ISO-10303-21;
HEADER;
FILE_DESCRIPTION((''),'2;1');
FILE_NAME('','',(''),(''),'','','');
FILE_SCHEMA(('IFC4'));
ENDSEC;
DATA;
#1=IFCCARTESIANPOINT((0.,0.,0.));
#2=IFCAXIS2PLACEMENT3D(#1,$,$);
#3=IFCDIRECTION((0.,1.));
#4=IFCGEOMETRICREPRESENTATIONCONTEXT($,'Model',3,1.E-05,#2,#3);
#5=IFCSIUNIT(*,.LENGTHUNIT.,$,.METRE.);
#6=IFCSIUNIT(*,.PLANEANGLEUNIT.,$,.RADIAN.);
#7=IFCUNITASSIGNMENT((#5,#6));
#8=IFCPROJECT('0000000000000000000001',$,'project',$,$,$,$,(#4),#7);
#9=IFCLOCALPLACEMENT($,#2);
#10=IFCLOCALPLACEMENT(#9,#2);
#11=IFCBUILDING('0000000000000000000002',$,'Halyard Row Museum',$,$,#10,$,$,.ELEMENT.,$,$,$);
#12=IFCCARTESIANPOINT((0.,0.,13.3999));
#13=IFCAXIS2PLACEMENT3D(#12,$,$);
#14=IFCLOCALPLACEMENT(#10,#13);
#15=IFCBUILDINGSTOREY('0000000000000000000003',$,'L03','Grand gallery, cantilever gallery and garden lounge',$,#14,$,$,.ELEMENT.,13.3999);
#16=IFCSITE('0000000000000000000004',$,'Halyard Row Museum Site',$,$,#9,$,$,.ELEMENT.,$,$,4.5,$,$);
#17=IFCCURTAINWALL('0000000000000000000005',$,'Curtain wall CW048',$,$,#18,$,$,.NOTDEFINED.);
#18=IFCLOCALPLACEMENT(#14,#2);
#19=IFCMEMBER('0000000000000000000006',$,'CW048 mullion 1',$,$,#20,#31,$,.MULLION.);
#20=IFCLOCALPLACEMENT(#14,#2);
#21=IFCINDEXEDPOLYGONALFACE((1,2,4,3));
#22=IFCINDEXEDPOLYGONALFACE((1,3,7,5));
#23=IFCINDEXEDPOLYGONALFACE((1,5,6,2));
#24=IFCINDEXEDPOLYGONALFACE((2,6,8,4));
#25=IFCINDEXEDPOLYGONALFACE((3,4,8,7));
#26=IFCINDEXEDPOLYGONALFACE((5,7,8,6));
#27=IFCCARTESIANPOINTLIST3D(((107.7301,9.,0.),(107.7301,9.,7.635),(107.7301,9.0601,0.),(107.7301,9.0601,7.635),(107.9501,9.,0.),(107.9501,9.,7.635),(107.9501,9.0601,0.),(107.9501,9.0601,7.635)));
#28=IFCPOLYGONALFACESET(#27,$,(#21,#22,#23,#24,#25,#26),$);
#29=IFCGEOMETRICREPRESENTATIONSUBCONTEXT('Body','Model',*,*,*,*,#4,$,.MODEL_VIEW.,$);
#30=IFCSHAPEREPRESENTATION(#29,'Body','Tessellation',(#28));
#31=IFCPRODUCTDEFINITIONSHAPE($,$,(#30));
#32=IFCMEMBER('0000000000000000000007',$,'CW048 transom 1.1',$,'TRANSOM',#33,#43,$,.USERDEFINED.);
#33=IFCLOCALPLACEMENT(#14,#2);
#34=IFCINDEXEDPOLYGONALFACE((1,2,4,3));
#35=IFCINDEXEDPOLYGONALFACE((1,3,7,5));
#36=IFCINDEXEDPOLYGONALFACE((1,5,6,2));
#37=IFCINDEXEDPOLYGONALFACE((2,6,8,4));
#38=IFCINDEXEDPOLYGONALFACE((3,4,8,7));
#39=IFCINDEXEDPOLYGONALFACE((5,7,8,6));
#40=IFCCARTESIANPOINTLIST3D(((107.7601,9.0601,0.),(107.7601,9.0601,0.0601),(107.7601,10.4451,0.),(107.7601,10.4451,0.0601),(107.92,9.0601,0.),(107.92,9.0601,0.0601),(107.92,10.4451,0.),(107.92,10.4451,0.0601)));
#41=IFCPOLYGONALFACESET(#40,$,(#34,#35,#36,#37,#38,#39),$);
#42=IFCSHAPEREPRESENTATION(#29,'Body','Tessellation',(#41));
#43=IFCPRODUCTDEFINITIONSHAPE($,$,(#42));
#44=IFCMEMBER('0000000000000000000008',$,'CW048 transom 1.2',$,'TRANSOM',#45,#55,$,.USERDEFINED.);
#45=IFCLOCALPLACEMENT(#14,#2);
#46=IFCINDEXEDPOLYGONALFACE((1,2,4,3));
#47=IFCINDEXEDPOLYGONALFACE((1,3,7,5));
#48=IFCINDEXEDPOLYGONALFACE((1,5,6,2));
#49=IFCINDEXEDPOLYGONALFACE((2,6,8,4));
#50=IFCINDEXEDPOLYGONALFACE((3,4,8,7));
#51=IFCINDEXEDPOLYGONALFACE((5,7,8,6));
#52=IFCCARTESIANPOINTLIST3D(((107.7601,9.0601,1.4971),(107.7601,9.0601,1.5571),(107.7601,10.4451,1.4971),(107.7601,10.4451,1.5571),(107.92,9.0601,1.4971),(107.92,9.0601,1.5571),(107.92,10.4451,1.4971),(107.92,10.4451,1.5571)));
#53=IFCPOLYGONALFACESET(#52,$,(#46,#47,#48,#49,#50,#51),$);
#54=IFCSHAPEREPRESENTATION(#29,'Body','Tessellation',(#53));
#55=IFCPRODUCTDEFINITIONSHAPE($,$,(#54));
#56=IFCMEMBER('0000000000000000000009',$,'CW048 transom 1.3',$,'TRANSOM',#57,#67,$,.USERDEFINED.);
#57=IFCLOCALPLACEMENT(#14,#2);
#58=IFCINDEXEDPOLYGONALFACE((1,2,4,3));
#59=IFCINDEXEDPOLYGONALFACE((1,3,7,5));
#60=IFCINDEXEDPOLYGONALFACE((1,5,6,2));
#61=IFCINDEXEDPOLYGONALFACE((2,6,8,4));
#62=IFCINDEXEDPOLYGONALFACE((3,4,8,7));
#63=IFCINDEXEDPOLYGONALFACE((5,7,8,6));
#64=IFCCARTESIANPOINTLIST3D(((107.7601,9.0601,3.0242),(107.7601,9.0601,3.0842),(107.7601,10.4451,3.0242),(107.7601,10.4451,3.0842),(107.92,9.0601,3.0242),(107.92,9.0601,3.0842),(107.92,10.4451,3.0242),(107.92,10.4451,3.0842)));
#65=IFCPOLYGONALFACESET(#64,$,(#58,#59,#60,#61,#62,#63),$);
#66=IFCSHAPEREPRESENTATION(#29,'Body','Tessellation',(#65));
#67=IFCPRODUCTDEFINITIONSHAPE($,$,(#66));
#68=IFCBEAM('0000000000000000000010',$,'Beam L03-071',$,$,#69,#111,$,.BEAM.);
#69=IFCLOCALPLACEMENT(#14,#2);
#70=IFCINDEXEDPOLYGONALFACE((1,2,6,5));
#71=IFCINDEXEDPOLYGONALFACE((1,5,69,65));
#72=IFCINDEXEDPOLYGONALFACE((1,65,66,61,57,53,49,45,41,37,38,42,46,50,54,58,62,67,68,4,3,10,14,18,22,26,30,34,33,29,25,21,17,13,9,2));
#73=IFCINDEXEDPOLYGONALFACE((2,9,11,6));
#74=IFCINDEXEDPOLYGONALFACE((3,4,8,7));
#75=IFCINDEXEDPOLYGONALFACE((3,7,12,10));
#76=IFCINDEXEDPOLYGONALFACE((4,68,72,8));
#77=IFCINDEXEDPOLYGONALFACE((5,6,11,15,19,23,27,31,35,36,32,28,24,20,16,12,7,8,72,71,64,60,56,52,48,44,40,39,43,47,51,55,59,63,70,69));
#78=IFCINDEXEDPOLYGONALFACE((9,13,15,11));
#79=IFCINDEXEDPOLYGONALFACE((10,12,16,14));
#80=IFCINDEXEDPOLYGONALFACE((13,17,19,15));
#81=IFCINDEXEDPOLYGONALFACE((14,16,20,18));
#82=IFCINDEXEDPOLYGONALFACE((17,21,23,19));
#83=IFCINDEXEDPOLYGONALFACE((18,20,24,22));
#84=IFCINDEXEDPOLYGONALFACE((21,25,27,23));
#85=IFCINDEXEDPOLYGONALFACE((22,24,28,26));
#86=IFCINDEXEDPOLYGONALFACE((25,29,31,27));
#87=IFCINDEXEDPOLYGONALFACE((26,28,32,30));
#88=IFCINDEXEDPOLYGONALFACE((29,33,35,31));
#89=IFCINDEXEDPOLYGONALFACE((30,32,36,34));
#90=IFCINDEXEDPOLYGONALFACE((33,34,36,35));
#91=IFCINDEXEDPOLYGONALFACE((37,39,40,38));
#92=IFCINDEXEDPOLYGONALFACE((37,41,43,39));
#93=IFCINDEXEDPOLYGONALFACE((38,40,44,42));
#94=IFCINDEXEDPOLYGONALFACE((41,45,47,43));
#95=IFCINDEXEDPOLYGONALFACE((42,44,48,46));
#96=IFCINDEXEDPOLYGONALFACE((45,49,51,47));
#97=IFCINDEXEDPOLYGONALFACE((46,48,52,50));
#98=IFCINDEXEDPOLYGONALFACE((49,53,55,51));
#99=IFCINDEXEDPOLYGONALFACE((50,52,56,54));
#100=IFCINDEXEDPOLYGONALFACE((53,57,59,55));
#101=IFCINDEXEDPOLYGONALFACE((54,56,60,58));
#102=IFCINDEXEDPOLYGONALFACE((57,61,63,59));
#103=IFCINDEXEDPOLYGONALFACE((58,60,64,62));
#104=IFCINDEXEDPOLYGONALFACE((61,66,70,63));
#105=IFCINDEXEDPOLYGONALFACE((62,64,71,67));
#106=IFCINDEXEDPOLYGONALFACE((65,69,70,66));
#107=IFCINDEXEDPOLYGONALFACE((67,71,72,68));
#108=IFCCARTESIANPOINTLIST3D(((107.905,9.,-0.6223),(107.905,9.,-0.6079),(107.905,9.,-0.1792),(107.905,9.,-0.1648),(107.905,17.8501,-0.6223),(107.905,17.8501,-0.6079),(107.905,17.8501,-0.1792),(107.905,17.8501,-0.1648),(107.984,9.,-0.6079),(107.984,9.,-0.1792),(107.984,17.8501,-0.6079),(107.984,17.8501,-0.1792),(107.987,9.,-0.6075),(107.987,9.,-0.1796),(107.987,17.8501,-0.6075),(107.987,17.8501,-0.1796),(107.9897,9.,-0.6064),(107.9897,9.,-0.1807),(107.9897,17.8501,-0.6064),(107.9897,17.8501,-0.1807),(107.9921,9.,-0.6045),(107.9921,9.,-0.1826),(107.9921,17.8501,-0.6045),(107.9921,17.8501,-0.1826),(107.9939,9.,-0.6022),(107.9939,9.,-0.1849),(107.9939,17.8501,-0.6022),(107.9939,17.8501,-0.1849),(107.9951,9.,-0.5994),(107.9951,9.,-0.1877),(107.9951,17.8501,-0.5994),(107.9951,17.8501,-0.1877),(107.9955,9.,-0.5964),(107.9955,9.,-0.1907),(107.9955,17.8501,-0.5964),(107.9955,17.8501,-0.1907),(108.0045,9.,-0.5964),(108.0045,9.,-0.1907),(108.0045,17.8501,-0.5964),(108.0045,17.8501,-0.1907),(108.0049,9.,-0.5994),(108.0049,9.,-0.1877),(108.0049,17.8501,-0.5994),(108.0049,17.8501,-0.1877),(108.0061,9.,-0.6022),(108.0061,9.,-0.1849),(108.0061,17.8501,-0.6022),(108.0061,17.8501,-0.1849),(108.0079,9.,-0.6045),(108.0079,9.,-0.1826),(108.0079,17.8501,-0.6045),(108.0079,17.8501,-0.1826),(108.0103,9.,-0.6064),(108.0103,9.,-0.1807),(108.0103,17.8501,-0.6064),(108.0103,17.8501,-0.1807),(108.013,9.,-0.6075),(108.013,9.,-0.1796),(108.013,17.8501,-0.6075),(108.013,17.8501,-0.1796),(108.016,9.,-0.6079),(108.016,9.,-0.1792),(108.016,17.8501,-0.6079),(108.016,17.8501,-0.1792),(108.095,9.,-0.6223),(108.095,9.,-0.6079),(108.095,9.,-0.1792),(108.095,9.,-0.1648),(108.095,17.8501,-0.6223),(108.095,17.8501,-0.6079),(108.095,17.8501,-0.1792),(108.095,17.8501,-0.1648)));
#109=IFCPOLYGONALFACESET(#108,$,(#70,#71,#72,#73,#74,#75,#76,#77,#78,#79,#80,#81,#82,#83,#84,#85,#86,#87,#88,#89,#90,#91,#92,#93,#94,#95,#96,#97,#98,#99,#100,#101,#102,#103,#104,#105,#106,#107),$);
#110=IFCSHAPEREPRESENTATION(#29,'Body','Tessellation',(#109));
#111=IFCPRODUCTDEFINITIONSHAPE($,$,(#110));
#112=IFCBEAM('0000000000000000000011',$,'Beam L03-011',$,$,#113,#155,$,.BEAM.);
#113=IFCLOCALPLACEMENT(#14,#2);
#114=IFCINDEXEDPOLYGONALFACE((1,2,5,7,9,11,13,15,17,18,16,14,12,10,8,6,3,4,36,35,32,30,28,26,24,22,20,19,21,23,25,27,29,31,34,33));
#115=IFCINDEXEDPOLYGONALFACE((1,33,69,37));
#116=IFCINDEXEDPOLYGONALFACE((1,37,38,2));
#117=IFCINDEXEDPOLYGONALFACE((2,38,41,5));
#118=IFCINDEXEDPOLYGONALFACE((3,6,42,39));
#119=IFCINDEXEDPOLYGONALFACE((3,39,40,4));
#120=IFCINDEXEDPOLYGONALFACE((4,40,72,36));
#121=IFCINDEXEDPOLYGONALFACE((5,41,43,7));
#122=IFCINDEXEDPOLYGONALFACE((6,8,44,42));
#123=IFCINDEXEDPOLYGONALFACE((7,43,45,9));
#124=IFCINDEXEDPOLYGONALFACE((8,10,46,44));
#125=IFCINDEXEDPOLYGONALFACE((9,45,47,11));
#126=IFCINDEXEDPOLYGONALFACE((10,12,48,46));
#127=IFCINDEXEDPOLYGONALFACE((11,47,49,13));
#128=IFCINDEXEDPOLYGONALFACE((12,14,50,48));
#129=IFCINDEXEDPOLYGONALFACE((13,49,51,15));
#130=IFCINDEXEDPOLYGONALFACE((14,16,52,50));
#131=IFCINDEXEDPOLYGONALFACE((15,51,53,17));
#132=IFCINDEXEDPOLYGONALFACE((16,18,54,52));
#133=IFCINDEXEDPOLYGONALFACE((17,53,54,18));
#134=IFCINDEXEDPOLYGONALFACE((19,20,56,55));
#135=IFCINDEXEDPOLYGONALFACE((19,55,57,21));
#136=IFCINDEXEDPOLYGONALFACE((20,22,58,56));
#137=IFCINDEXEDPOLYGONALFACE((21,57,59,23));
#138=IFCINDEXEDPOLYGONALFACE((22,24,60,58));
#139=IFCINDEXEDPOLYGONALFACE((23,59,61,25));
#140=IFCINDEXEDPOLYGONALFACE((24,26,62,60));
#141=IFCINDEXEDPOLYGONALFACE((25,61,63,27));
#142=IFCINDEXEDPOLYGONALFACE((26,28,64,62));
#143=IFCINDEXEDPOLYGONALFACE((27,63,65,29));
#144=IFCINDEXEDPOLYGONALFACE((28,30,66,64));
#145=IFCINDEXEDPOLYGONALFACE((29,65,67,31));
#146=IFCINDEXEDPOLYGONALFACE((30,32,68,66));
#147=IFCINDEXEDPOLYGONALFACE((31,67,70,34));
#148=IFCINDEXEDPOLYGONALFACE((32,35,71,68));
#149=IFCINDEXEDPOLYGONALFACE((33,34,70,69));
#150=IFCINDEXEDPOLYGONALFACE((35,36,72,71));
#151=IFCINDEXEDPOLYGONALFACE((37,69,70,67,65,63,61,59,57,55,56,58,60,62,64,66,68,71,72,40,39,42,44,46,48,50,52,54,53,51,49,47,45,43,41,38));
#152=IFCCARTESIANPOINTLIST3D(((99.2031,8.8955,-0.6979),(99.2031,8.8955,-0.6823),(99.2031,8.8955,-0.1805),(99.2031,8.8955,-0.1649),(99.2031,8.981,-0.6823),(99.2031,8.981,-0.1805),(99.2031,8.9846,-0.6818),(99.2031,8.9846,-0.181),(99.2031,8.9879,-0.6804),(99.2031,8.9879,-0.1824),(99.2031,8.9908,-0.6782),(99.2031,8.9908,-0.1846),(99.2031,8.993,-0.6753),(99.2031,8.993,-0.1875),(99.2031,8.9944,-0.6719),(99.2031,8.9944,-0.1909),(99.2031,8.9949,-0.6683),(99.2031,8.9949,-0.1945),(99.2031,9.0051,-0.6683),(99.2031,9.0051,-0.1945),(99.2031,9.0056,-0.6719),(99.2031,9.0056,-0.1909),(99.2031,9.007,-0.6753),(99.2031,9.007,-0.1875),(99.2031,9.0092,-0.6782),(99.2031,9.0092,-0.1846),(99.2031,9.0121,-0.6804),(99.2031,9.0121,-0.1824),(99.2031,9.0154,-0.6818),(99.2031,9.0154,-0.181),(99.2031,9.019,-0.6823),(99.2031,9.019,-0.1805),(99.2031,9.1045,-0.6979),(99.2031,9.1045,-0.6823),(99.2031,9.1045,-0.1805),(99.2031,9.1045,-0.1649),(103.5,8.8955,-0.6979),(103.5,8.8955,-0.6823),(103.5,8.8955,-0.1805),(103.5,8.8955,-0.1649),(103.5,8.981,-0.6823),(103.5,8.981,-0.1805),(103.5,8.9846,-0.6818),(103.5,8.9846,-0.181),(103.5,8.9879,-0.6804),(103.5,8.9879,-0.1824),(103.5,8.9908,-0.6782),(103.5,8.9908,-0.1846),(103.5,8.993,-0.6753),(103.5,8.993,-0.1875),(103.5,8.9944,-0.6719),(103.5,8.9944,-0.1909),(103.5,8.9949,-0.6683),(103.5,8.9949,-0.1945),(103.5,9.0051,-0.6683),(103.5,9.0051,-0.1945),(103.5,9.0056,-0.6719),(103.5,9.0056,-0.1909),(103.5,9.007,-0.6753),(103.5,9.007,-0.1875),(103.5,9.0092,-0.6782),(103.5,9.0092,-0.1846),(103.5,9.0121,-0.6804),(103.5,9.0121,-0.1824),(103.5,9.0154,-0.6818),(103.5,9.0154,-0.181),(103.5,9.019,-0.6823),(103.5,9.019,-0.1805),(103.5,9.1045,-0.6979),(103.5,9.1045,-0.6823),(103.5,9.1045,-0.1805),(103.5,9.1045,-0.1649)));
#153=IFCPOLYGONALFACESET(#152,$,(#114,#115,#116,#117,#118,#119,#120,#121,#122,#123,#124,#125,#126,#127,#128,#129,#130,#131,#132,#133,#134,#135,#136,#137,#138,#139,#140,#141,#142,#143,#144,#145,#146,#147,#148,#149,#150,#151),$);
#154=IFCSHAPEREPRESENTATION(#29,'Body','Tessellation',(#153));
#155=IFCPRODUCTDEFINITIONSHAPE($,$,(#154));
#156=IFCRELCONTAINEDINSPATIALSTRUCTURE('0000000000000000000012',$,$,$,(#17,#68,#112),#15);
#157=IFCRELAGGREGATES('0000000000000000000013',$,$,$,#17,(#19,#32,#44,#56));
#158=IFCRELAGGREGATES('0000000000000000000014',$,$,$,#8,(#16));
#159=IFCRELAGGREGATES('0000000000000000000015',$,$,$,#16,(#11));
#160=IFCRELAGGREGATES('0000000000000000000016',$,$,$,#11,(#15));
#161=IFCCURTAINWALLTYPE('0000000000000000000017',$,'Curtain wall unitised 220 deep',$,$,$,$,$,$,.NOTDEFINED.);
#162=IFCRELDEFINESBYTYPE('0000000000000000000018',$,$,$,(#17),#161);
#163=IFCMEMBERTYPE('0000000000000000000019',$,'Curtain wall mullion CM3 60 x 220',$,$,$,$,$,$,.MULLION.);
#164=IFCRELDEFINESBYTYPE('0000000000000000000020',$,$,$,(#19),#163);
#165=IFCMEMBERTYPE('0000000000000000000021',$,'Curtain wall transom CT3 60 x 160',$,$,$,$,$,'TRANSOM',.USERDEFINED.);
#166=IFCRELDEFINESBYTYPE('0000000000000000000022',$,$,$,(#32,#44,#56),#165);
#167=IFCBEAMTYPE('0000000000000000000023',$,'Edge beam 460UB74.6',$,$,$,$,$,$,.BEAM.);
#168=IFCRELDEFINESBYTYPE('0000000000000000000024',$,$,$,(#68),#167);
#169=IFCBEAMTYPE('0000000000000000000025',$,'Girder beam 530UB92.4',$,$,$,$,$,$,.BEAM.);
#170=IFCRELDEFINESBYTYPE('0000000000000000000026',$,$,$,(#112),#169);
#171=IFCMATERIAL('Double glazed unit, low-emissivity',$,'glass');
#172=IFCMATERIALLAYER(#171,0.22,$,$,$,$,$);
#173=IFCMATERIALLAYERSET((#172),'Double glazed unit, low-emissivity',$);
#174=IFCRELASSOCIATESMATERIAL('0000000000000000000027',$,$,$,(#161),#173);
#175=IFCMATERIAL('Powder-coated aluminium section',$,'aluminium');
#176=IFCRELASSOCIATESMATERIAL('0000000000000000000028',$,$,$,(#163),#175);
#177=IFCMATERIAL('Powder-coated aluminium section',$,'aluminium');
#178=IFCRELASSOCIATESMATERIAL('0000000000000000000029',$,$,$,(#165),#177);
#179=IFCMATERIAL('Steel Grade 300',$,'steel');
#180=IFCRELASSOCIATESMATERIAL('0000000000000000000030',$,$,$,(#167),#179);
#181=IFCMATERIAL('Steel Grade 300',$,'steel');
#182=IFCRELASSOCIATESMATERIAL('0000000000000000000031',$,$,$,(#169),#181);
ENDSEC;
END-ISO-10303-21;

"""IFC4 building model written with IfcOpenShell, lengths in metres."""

from ifc_helpers import new_model, si_unit, direction, frame, origin, origin_2d, place, context, subcontext, project, spatial, rectangle, i_section, extrude, material, layer, layer_set, material_profile, profile_set, type_object, element, aggregate, save


model = new_model("IFC4")

# Units and contexts
model_context = context("Model", 3, precision=1e-05, world=origin(), true_north=direction((0.0, 1.0)))
body_context = subcontext(model_context, "Body", "Model", "MODEL_VIEW")
ifc_project = project(units=[si_unit("LENGTHUNIT", "METRE"), si_unit("PLANEANGLEUNIT", "RADIAN")], contexts=[model_context])

# Site, building, storey
site_placement = place(None, origin())
site = spatial("IfcSite", under=ifc_project, at=site_placement, Name="Halyard Row Museum Site", CompositionType="ELEMENT", RefElevation=4.5)
building_placement = place(site_placement, origin())
building = spatial("IfcBuilding", under=site, at=building_placement, Name="Halyard Row Museum", CompositionType="ELEMENT")
storey_placement = place(building_placement, frame((0.0, 0.0, 13.3999)))
storey = spatial("IfcBuildingStorey", under=building, at=storey_placement, Name="L03", Description="Grand gallery, cantilever gallery and garden lounge", CompositionType="ELEMENT", Elevation=13.3999)

# Curtain wall, members
ifc_material_1 = material(Name="Double glazed unit, low-emissivity", Category="glass")
ifc_layer_1 = layer(ifc_material_1, 0.22)
ifc_layer_set_1 = layer_set([ifc_layer_1], Name="Double glazed unit, low-emissivity")
curtain_wall_type = type_object("IfcCurtainWallType", Name="Curtain wall unitised 220 deep", PredefinedType="NOTDEFINED", material=ifc_layer_set_1)
curtain_wall_placement = place(storey_placement, origin())
curtain_wall = element("IfcCurtainWall", 1, at=curtain_wall_placement, inside=storey, type_object=curtain_wall_type, Name="Curtain wall CW048", PredefinedType="NOTDEFINED")
ifc_material_2 = material(Name="Powder-coated aluminium section", Category="aluminium")
ifc_material_profile_1 = material_profile(ifc_material_2, rectangle(XDim=0.22, YDim=0.0601, at=origin_2d()), Name="220x60 mullion")
ifc_profile_set_1 = profile_set([ifc_material_profile_1], Name="Powder-coated aluminium section")
member_type_1 = type_object("IfcMemberType", Name="Curtain wall mullion CM3 60 x 220", PredefinedType="MULLION", material=ifc_profile_set_1)
member_1_placement = place(storey_placement, frame((107.8401, 9.03, 0.0), z_axis=(0.0, 0.0, 1.0), x_axis=(-1.0, 0.0, 0.0)))
member_1 = element("IfcMember", 2, at=member_1_placement, type_object=member_type_1, Name="CW048 mullion 1", PredefinedType="MULLION", context=body_context, shape_type="SweptSolid", body=[
    extrude(rectangle(XDim=0.22, YDim=0.0601, at=origin_2d()), origin(), (0.0, 0.0, 1.0), 7.635),
])
ifc_material_3 = material(Name="Powder-coated aluminium section", Category="aluminium")
ifc_material_profile_2 = material_profile(ifc_material_3, rectangle(XDim=0.1599, YDim=0.0601, at=origin_2d()), Name="160x60 transom")
ifc_profile_set_2 = profile_set([ifc_material_profile_2], Name="Powder-coated aluminium section")
member_type_2 = type_object("IfcMemberType", Name="Curtain wall transom CT3 60 x 160", ElementType="TRANSOM", PredefinedType="USERDEFINED", material=ifc_profile_set_2)
member_2_placement = place(storey_placement, frame((107.8401, 9.0601, 0.03), z_axis=(0.0, 1.0, 0.0), x_axis=(-1.0, 0.0, 0.0)))
member_2 = element("IfcMember", 3, at=member_2_placement, type_object=member_type_2, Name="CW048 transom 1.1", ObjectType="TRANSOM", PredefinedType="USERDEFINED", context=body_context, shape_type="SweptSolid", body=[
    extrude(rectangle(XDim=0.1599, YDim=0.0601, at=origin_2d()), origin(), (0.0, 0.0, 1.0), 1.385),
])
member_3_placement = place(storey_placement, frame((107.8401, 9.0601, 1.5271), z_axis=(0.0, 1.0, 0.0), x_axis=(-1.0, 0.0, 0.0)))
member_3 = element("IfcMember", 4, at=member_3_placement, type_object=member_type_2, Name="CW048 transom 1.2", ObjectType="TRANSOM", PredefinedType="USERDEFINED", context=body_context, shape_type="SweptSolid", body=[
    extrude(rectangle(XDim=0.1599, YDim=0.0601, at=origin_2d()), origin(), (0.0, 0.0, 1.0), 1.385),
])
member_4_placement = place(storey_placement, frame((107.8401, 9.0601, 3.0542), z_axis=(0.0, 1.0, 0.0), x_axis=(-1.0, 0.0, 0.0)))
member_4 = element("IfcMember", 5, at=member_4_placement, type_object=member_type_2, Name="CW048 transom 1.3", ObjectType="TRANSOM", PredefinedType="USERDEFINED", context=body_context, shape_type="SweptSolid", body=[
    extrude(rectangle(XDim=0.1599, YDim=0.0601, at=origin_2d()), origin(), (0.0, 0.0, 1.0), 1.385),
])
aggregate(curtain_wall, [member_1, member_2, member_3, member_4])

# Beams
ifc_material_4 = material(Name="Steel Grade 300", Category="steel")
ifc_material_profile_3 = material_profile(ifc_material_4, i_section(OverallWidth=0.1899, OverallDepth=0.4575, WebThickness=0.009, FlangeThickness=0.0144, FilletRadius=0.0115, at=origin_2d()), Name="460UB74.6")
ifc_profile_set_3 = profile_set([ifc_material_profile_3], Name="Steel Grade 300")
beam_type_1 = type_object("IfcBeamType", Name="Edge beam 460UB74.6", PredefinedType="BEAM", material=ifc_profile_set_3)
beam_1_placement = place(storey_placement, frame((108.0, 9.0, -0.3936), z_axis=(0.0, 1.0, 0.0), x_axis=(-1.0, 0.0, 0.0)))
element("IfcBeam", 6, at=beam_1_placement, inside=storey, type_object=beam_type_1, Name="Beam L03-071", PredefinedType="BEAM", context=body_context, shape_type="SweptSolid", body=[
    extrude(i_section(OverallWidth=0.1899, OverallDepth=0.4575, WebThickness=0.009, FlangeThickness=0.0144, FilletRadius=0.0115, at=origin_2d()), origin(), (0.0, 0.0, 1.0), 8.8501),
])
ifc_material_5 = material(Name="Steel Grade 300", Category="steel")
ifc_material_profile_4 = material_profile(ifc_material_5, i_section(OverallWidth=0.209, OverallDepth=0.533, WebThickness=0.0103, FlangeThickness=0.0156, FilletRadius=0.0139, at=origin_2d()), Name="530UB92.4")
ifc_profile_set_4 = profile_set([ifc_material_profile_4], Name="Steel Grade 300")
beam_type_2 = type_object("IfcBeamType", Name="Girder beam 530UB92.4", PredefinedType="BEAM", material=ifc_profile_set_4)
beam_2_placement = place(storey_placement, frame((99.2031, 9.0, -0.4314), z_axis=(1.0, 0.0, 0.0), x_axis=(0.0, 1.0, 0.0)))
element("IfcBeam", 7, at=beam_2_placement, inside=storey, type_object=beam_type_2, Name="Beam L03-011", PredefinedType="BEAM", context=body_context, shape_type="SweptSolid", body=[
    extrude(i_section(OverallWidth=0.209, OverallDepth=0.533, WebThickness=0.0103, FlangeThickness=0.0156, FilletRadius=0.0139, at=origin_2d()), origin(), (0.0, 0.0, 1.0), 4.2969),
])

save(model, "model.ifc")
